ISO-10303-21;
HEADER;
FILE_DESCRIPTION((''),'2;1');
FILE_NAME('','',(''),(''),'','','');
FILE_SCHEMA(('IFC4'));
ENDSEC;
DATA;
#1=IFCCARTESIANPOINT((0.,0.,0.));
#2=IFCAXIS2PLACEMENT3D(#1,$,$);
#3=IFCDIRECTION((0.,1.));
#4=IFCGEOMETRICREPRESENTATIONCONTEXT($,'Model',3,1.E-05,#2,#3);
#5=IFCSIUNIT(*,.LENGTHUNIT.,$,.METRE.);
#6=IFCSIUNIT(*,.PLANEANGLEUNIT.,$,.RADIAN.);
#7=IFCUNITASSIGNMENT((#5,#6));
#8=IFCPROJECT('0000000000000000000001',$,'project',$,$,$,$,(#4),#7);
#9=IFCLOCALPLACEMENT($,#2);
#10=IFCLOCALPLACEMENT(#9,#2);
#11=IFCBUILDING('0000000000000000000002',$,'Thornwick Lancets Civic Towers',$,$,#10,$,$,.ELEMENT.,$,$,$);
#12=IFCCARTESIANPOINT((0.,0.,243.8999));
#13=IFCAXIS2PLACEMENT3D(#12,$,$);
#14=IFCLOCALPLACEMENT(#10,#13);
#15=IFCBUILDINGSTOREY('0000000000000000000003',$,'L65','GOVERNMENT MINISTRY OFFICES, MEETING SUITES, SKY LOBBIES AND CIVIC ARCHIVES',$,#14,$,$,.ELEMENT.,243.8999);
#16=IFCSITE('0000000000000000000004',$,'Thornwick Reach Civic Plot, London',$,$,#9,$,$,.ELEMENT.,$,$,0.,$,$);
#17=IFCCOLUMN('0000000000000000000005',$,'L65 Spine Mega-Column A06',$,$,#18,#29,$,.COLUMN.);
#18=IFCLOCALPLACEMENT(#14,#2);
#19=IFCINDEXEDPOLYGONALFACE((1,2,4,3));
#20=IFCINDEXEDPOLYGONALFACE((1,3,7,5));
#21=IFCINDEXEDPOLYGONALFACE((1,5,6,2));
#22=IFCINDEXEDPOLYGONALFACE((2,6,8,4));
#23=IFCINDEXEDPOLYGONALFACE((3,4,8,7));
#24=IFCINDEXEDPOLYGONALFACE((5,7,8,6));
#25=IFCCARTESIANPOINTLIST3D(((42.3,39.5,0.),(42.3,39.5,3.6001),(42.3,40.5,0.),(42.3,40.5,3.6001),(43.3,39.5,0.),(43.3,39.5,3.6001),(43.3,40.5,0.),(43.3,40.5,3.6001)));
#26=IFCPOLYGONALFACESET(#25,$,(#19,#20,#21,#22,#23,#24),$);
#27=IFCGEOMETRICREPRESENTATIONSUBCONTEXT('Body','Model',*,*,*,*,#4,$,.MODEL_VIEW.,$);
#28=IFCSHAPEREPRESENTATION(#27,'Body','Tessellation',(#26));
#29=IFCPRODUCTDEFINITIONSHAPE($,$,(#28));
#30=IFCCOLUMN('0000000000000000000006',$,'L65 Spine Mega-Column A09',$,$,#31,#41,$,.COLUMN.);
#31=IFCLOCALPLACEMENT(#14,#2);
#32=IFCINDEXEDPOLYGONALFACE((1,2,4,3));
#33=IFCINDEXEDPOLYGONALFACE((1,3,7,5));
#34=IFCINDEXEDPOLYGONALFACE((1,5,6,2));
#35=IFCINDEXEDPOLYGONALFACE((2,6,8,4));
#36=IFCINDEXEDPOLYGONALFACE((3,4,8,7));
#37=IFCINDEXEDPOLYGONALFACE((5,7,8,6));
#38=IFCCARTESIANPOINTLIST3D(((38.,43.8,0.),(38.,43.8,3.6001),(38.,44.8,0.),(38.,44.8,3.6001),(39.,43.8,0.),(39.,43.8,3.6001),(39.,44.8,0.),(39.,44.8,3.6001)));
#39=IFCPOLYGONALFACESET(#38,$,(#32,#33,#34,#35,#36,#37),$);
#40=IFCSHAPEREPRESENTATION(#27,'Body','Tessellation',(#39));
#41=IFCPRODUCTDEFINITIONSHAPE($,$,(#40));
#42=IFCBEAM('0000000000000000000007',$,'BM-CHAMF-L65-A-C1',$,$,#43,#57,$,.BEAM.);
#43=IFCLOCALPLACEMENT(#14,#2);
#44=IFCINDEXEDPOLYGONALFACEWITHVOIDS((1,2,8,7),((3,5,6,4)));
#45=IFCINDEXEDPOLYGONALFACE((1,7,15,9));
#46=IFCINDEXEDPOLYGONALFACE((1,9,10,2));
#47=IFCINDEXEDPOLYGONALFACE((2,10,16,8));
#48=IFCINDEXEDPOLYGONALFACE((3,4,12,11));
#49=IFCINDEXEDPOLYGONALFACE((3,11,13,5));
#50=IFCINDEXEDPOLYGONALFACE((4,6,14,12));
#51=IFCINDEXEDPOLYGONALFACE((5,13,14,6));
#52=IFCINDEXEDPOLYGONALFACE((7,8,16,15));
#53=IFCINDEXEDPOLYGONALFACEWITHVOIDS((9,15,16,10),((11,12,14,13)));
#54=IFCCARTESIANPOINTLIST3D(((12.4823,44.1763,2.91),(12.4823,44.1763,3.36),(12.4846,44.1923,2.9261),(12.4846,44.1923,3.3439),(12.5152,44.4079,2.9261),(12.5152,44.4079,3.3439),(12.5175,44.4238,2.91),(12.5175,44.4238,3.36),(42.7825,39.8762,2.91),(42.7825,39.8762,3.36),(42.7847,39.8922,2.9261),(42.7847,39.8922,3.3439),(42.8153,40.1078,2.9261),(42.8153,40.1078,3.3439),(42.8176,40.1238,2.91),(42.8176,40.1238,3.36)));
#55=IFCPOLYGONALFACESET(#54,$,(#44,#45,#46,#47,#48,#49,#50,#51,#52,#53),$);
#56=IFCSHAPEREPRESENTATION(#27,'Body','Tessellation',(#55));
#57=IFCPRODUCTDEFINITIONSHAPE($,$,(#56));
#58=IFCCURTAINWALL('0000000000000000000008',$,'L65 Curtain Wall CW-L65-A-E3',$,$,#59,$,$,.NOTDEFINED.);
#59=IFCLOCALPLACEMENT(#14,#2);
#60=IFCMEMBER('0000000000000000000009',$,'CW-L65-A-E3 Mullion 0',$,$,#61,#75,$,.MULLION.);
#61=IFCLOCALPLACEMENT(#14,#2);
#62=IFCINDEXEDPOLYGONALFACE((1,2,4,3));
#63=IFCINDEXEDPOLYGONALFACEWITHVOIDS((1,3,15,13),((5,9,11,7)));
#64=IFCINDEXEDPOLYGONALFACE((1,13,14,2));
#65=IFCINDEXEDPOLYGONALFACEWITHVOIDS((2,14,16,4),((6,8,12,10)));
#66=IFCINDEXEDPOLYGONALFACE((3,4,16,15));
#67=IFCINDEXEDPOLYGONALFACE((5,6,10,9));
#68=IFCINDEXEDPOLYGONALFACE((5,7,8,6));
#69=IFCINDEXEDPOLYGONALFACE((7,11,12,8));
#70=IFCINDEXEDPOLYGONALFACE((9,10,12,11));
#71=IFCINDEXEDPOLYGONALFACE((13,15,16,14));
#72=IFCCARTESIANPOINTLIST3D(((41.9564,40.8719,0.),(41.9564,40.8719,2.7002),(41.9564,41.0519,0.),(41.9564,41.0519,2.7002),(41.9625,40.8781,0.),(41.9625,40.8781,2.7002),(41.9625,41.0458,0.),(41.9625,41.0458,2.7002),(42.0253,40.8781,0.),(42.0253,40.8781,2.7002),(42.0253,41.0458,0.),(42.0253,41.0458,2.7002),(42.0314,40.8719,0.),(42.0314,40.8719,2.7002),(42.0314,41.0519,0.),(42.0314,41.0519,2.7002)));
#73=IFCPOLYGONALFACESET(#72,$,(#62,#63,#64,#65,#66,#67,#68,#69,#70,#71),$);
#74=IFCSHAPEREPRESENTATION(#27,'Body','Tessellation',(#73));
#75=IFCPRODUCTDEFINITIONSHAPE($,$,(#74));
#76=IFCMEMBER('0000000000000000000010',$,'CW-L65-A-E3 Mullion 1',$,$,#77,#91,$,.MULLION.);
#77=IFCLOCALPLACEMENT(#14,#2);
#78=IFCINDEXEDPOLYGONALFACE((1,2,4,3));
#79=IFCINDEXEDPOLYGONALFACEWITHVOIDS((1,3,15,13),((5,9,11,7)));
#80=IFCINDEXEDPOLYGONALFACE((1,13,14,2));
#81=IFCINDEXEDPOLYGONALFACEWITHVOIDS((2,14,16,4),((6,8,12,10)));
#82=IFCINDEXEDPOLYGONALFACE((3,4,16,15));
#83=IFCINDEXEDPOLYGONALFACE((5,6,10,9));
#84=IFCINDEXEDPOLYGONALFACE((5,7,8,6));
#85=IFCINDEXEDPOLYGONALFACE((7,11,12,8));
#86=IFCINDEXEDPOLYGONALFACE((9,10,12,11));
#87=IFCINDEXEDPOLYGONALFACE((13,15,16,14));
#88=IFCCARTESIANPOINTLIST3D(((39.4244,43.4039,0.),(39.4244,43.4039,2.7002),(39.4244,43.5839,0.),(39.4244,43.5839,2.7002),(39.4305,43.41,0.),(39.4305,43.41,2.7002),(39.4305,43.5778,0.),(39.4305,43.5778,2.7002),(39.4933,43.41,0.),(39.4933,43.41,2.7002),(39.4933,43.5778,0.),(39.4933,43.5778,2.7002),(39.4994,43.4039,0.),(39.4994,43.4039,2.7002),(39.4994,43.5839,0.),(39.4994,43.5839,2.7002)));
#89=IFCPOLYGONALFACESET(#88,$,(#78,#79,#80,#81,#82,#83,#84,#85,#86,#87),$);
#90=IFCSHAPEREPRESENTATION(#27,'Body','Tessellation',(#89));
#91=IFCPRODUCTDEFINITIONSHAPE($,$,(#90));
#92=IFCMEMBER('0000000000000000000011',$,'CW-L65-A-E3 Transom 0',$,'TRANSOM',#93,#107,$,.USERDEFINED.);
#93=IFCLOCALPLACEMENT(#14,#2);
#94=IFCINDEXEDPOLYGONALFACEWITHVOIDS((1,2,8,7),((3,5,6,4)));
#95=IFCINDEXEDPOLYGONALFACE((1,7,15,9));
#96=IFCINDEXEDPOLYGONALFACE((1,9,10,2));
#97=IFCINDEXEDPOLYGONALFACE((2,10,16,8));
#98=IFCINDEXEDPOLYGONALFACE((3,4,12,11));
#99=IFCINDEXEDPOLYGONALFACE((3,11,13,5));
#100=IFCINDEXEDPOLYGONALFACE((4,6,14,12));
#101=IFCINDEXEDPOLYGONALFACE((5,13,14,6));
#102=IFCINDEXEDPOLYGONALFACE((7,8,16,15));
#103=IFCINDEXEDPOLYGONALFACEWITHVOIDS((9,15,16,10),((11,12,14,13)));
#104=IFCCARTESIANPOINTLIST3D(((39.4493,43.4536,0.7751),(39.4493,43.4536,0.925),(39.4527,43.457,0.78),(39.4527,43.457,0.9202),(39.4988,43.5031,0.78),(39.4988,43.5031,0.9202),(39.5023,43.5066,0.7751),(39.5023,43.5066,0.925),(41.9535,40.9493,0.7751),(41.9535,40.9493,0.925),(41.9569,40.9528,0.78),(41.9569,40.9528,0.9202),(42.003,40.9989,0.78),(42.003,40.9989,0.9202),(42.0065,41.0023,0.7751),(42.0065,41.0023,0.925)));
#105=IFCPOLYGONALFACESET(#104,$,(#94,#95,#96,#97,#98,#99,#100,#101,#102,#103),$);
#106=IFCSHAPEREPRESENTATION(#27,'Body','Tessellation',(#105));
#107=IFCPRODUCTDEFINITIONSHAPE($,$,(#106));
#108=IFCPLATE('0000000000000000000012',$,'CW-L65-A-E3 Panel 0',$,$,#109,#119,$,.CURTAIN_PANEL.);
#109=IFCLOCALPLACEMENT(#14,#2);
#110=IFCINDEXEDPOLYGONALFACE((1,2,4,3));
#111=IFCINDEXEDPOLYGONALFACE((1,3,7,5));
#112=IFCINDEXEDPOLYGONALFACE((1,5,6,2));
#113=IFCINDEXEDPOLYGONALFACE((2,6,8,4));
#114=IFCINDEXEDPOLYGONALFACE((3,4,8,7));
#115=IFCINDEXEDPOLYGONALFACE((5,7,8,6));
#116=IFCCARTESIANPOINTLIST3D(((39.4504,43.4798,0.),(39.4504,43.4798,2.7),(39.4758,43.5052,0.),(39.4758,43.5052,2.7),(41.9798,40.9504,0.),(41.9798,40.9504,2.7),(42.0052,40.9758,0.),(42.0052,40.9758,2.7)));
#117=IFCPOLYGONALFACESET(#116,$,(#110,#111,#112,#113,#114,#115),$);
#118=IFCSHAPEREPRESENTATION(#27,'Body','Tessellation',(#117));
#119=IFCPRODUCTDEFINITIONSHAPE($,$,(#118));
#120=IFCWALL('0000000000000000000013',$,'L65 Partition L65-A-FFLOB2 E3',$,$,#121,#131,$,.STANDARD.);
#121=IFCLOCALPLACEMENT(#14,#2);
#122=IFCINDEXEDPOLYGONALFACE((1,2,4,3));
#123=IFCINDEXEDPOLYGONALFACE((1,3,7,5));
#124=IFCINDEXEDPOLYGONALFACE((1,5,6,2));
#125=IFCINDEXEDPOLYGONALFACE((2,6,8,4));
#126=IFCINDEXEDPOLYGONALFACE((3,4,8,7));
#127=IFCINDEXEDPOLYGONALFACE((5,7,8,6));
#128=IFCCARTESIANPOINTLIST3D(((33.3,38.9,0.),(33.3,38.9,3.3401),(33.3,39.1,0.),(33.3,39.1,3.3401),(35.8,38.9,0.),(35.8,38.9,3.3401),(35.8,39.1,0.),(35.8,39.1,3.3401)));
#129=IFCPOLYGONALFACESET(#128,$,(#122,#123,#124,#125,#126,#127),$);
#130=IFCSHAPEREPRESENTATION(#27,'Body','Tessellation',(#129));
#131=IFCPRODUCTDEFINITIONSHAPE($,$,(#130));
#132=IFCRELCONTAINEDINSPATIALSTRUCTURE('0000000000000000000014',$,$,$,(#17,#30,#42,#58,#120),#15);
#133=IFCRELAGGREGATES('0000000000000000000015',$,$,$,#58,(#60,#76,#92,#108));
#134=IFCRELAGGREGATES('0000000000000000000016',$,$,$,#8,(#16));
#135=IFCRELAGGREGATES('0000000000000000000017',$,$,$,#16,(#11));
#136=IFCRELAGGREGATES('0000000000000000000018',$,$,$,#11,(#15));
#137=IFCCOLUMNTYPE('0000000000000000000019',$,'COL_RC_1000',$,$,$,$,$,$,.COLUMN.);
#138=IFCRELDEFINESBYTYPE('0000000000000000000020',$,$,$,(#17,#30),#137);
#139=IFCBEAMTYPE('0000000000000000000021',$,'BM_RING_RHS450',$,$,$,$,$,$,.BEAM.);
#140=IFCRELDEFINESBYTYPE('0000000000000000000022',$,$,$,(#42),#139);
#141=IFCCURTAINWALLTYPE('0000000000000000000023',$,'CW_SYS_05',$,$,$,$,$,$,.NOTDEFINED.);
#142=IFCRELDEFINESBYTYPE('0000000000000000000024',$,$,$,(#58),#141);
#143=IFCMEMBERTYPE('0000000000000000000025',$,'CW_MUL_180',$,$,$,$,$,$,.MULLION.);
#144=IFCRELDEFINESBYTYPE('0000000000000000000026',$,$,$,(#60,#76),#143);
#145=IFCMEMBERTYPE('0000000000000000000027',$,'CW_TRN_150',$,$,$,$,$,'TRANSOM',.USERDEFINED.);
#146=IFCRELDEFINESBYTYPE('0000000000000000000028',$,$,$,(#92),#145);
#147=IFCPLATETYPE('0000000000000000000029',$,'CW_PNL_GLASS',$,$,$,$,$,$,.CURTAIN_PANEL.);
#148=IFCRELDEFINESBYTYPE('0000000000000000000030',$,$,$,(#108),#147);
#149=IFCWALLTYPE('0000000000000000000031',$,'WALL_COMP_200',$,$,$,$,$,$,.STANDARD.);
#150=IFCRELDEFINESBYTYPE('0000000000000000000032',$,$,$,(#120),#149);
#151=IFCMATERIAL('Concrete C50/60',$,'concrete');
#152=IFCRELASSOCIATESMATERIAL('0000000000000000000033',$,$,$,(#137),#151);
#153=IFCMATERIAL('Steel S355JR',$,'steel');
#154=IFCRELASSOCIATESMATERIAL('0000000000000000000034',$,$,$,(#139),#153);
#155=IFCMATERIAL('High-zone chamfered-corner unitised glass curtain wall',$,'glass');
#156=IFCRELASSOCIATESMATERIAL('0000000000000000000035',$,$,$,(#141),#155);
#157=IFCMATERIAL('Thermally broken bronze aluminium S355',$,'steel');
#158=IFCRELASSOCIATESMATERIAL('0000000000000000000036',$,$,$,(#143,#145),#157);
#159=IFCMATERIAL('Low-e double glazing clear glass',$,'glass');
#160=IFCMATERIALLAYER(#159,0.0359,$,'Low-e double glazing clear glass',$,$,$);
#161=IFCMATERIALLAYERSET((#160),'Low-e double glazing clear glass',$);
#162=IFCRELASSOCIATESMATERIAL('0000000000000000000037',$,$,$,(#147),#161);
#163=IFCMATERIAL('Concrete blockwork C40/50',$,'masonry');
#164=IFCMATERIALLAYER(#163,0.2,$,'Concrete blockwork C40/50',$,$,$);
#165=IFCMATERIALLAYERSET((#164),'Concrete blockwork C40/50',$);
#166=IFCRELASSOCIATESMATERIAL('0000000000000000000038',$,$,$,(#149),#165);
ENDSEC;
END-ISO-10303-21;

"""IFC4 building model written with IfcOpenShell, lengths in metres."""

from ifc_helpers import new_model, si_unit, direction, frame, frame_2d, origin, origin_2d, place, context, subcontext, project, spatial, rectangle, hollow_rectangle, extrude, material, layer, layer_set, material_profile, profile_set, type_object, element, aggregate, save


model = new_model("IFC4")

# Units and contexts
model_context = context("Model", 3, precision=1e-05, world=origin(), true_north=direction((0.0, 1.0)))
body_context = subcontext(model_context, "Body", "Model", "MODEL_VIEW")
ifc_project = project(units=[si_unit("LENGTHUNIT", "METRE"), si_unit("PLANEANGLEUNIT", "RADIAN")], contexts=[model_context])

# Site, building, storey
site_placement = place(None, origin())
site = spatial("IfcSite", under=ifc_project, at=site_placement, Name="Thornwick Reach Civic Plot, London", CompositionType="ELEMENT", RefElevation=0.0)
building_placement = place(site_placement, origin())
building = spatial("IfcBuilding", under=site, at=building_placement, Name="Thornwick Lancets Civic Towers", CompositionType="ELEMENT")
storey_placement = place(building_placement, frame((0.0, 0.0, 243.8999)))
storey = spatial("IfcBuildingStorey", under=building, at=storey_placement, Name="L65", Description="GOVERNMENT MINISTRY OFFICES, MEETING SUITES, SKY LOBBIES AND CIVIC ARCHIVES", CompositionType="ELEMENT", Elevation=243.8999)

# Columns
ifc_material_1 = material(Name="Concrete C50/60", Category="concrete")
ifc_material_profile_1 = material_profile(ifc_material_1, rectangle(XDim=1.0, YDim=1.0, at=origin_2d()), Name="RC 1000x1000")
ifc_profile_set_1 = profile_set([ifc_material_profile_1], Name="Concrete C50/60")
column_type = type_object("IfcColumnType", Name="COL_RC_1000", PredefinedType="COLUMN", material=ifc_profile_set_1)
for number, where, z_axis, x_axis, name in (
    (1, (42.8, 40.0, 0.0), (0.0, 0.0, 1.0), (1.0, 0.0, 0.0), "L65 Spine Mega-Column A06"),
    (2, (38.5, 44.3, 0.0), (0.0, 0.0, 1.0), (1.0, 0.0, 0.0), "L65 Spine Mega-Column A09"),
):
    element("IfcColumn", number, at=place(storey_placement, frame(where, z_axis=z_axis, x_axis=x_axis)), inside=storey, type_object=column_type, Name=name, PredefinedType="COLUMN", context=body_context, shape_type="SweptSolid", body=[
        extrude(rectangle(XDim=1.0, YDim=1.0, at=origin_2d()), origin(), (0.0, 0.0, 1.0), 3.6001),
    ])

# Beam
ifc_material_2 = material(Name="Steel S355JR", Category="steel")
ifc_material_profile_2 = material_profile(ifc_material_2, hollow_rectangle(XDim=0.25, YDim=0.45, WallThickness=0.0161, at=origin_2d()), Name="RHS 450x250x16")
ifc_profile_set_2 = profile_set([ifc_material_profile_2], Name="Steel S355JR")
beam_type = type_object("IfcBeamType", Name="BM_RING_RHS450", PredefinedType="BEAM", material=ifc_profile_set_2)
beam_placement = place(storey_placement, frame((42.8, 40.0, 3.135), z_axis=(-0.99008, 0.140508, 0.0), x_axis=(-0.140508, -0.99008, 0.0)))
element("IfcBeam", 3, at=beam_placement, inside=storey, type_object=beam_type, Name="BM-CHAMF-L65-A-C1", PredefinedType="BEAM", context=body_context, shape_type="SweptSolid", body=[
    extrude(hollow_rectangle(XDim=0.25, YDim=0.45, WallThickness=0.0161, at=origin_2d()), origin(), (0.0, 0.0, 1.0), 30.6038),
])

# Curtain wall, members, plate
ifc_material_3 = material(Name="High-zone chamfered-corner unitised glass curtain wall", Category="glass")
curtain_wall_type = type_object("IfcCurtainWallType", Name="CW_SYS_05", PredefinedType="NOTDEFINED", material=ifc_material_3)
curtain_wall_placement = place(storey_placement, origin())
curtain_wall = element("IfcCurtainWall", 4, at=curtain_wall_placement, inside=storey, type_object=curtain_wall_type, Name="L65 Curtain Wall CW-L65-A-E3", PredefinedType="NOTDEFINED")
ifc_material_4 = material(Name="Thermally broken bronze aluminium S355", Category="steel")
ifc_material_profile_3 = material_profile(ifc_material_4, hollow_rectangle(XDim=0.075, YDim=0.1799, WallThickness=0.0061, at=origin_2d()), Name="RHS 180x75x6")
ifc_profile_set_3 = profile_set([ifc_material_profile_3], Name="Thermally broken bronze aluminium S355")
member_type_1 = type_object("IfcMemberType", Name="CW_MUL_180", PredefinedType="MULLION", material=ifc_profile_set_3)
member_1_placement = place(storey_placement, frame((41.9939, 40.9619, 0.0), z_axis=(0.0, 0.0, 1.0), x_axis=(1.0, 0.0, 0.0)))
member_1 = element("IfcMember", 5, at=member_1_placement, type_object=member_type_1, Name="CW-L65-A-E3 Mullion 0", PredefinedType="MULLION", context=body_context, shape_type="SweptSolid", body=[
    extrude(hollow_rectangle(XDim=0.075, YDim=0.1799, WallThickness=0.0061, at=origin_2d()), origin(), (0.0, 0.0, 1.0), 2.7002),
])
member_2_placement = place(storey_placement, frame((39.4619, 43.4939, 0.0), z_axis=(0.0, 0.0, 1.0), x_axis=(1.0, 0.0, 0.0)))
member_2 = element("IfcMember", 6, at=member_2_placement, type_object=member_type_1, Name="CW-L65-A-E3 Mullion 1", PredefinedType="MULLION", context=body_context, shape_type="SweptSolid", body=[
    extrude(hollow_rectangle(XDim=0.075, YDim=0.1799, WallThickness=0.0061, at=origin_2d()), origin(), (0.0, 0.0, 1.0), 2.7002),
])
ifc_material_profile_4 = material_profile(ifc_material_4, hollow_rectangle(XDim=0.075, YDim=0.1499, WallThickness=0.0049, at=origin_2d()), Name="RHS 150x75x5")
ifc_profile_set_4 = profile_set([ifc_material_profile_4], Name="Thermally broken bronze aluminium S355")
member_type_2 = type_object("IfcMemberType", Name="CW_TRN_150", ElementType="TRANSOM", PredefinedType="USERDEFINED", material=ifc_profile_set_4)
member_3_placement = place(storey_placement, frame((41.98, 40.9758, 0.8501), z_axis=(-0.707107, 0.707107, 0.0), x_axis=(-0.707107, -0.707107, 0.0)))
member_3 = element("IfcMember", 7, at=member_3_placement, type_object=member_type_2, Name="CW-L65-A-E3 Transom 0", ObjectType="TRANSOM", PredefinedType="USERDEFINED", context=body_context, shape_type="SweptSolid", body=[
    extrude(hollow_rectangle(XDim=0.075, YDim=0.1499, WallThickness=0.0049, at=origin_2d()), origin(), (0.0, 0.0, 1.0), 3.5415),
])
ifc_material_5 = material(Name="Low-e double glazing clear glass", Category="glass")
ifc_layer_1 = layer(ifc_material_5, 0.0359, Name="Low-e double glazing clear glass")
ifc_layer_set_1 = layer_set([ifc_layer_1], Name="Low-e double glazing clear glass")
plate_type = type_object("IfcPlateType", Name="CW_PNL_GLASS", PredefinedType="CURTAIN_PANEL", material=ifc_layer_set_1)
plate_placement = place(storey_placement, frame((40.7278, 42.2278, 0.0), z_axis=(0.0, 0.0, 1.0), x_axis=(-0.707107, 0.707107, 0.0)))
plate = element("IfcPlate", 8, at=plate_placement, type_object=plate_type, Name="CW-L65-A-E3 Panel 0", PredefinedType="CURTAIN_PANEL", context=body_context, shape_type="SweptSolid", body=[
    extrude(rectangle(XDim=3.5771, YDim=0.0359, at=origin_2d()), origin(), (0.0, 0.0, 1.0), 2.7),
])
aggregate(curtain_wall, [member_1, member_2, member_3, plate])

# Wall
ifc_material_6 = material(Name="Concrete blockwork C40/50", Category="masonry")
ifc_layer_2 = layer(ifc_material_6, 0.2, Name="Concrete blockwork C40/50")
ifc_layer_set_2 = layer_set([ifc_layer_2], Name="Concrete blockwork C40/50")
wall_type_1 = type_object("IfcWallType", Name="WALL_COMP_200", PredefinedType="STANDARD", material=ifc_layer_set_2)
wall_1_placement = place(storey_placement, frame((35.8, 39.0, 0.0), z_axis=(0.0, 0.0, 1.0), x_axis=(-1.0, 0.0, 0.0)))
element("IfcWall", 9, at=wall_1_placement, inside=storey, type_object=wall_type_1, Name="L65 Partition L65-A-FFLOB2 E3", PredefinedType="STANDARD", context=body_context, shape_type="SweptSolid", body=[
    extrude(rectangle(XDim=2.5, YDim=0.2, at=frame_2d((1.25, 0.0))), origin(), (0.0, 0.0, 1.0), 3.3401),
])

save(model, "model.ifc")
